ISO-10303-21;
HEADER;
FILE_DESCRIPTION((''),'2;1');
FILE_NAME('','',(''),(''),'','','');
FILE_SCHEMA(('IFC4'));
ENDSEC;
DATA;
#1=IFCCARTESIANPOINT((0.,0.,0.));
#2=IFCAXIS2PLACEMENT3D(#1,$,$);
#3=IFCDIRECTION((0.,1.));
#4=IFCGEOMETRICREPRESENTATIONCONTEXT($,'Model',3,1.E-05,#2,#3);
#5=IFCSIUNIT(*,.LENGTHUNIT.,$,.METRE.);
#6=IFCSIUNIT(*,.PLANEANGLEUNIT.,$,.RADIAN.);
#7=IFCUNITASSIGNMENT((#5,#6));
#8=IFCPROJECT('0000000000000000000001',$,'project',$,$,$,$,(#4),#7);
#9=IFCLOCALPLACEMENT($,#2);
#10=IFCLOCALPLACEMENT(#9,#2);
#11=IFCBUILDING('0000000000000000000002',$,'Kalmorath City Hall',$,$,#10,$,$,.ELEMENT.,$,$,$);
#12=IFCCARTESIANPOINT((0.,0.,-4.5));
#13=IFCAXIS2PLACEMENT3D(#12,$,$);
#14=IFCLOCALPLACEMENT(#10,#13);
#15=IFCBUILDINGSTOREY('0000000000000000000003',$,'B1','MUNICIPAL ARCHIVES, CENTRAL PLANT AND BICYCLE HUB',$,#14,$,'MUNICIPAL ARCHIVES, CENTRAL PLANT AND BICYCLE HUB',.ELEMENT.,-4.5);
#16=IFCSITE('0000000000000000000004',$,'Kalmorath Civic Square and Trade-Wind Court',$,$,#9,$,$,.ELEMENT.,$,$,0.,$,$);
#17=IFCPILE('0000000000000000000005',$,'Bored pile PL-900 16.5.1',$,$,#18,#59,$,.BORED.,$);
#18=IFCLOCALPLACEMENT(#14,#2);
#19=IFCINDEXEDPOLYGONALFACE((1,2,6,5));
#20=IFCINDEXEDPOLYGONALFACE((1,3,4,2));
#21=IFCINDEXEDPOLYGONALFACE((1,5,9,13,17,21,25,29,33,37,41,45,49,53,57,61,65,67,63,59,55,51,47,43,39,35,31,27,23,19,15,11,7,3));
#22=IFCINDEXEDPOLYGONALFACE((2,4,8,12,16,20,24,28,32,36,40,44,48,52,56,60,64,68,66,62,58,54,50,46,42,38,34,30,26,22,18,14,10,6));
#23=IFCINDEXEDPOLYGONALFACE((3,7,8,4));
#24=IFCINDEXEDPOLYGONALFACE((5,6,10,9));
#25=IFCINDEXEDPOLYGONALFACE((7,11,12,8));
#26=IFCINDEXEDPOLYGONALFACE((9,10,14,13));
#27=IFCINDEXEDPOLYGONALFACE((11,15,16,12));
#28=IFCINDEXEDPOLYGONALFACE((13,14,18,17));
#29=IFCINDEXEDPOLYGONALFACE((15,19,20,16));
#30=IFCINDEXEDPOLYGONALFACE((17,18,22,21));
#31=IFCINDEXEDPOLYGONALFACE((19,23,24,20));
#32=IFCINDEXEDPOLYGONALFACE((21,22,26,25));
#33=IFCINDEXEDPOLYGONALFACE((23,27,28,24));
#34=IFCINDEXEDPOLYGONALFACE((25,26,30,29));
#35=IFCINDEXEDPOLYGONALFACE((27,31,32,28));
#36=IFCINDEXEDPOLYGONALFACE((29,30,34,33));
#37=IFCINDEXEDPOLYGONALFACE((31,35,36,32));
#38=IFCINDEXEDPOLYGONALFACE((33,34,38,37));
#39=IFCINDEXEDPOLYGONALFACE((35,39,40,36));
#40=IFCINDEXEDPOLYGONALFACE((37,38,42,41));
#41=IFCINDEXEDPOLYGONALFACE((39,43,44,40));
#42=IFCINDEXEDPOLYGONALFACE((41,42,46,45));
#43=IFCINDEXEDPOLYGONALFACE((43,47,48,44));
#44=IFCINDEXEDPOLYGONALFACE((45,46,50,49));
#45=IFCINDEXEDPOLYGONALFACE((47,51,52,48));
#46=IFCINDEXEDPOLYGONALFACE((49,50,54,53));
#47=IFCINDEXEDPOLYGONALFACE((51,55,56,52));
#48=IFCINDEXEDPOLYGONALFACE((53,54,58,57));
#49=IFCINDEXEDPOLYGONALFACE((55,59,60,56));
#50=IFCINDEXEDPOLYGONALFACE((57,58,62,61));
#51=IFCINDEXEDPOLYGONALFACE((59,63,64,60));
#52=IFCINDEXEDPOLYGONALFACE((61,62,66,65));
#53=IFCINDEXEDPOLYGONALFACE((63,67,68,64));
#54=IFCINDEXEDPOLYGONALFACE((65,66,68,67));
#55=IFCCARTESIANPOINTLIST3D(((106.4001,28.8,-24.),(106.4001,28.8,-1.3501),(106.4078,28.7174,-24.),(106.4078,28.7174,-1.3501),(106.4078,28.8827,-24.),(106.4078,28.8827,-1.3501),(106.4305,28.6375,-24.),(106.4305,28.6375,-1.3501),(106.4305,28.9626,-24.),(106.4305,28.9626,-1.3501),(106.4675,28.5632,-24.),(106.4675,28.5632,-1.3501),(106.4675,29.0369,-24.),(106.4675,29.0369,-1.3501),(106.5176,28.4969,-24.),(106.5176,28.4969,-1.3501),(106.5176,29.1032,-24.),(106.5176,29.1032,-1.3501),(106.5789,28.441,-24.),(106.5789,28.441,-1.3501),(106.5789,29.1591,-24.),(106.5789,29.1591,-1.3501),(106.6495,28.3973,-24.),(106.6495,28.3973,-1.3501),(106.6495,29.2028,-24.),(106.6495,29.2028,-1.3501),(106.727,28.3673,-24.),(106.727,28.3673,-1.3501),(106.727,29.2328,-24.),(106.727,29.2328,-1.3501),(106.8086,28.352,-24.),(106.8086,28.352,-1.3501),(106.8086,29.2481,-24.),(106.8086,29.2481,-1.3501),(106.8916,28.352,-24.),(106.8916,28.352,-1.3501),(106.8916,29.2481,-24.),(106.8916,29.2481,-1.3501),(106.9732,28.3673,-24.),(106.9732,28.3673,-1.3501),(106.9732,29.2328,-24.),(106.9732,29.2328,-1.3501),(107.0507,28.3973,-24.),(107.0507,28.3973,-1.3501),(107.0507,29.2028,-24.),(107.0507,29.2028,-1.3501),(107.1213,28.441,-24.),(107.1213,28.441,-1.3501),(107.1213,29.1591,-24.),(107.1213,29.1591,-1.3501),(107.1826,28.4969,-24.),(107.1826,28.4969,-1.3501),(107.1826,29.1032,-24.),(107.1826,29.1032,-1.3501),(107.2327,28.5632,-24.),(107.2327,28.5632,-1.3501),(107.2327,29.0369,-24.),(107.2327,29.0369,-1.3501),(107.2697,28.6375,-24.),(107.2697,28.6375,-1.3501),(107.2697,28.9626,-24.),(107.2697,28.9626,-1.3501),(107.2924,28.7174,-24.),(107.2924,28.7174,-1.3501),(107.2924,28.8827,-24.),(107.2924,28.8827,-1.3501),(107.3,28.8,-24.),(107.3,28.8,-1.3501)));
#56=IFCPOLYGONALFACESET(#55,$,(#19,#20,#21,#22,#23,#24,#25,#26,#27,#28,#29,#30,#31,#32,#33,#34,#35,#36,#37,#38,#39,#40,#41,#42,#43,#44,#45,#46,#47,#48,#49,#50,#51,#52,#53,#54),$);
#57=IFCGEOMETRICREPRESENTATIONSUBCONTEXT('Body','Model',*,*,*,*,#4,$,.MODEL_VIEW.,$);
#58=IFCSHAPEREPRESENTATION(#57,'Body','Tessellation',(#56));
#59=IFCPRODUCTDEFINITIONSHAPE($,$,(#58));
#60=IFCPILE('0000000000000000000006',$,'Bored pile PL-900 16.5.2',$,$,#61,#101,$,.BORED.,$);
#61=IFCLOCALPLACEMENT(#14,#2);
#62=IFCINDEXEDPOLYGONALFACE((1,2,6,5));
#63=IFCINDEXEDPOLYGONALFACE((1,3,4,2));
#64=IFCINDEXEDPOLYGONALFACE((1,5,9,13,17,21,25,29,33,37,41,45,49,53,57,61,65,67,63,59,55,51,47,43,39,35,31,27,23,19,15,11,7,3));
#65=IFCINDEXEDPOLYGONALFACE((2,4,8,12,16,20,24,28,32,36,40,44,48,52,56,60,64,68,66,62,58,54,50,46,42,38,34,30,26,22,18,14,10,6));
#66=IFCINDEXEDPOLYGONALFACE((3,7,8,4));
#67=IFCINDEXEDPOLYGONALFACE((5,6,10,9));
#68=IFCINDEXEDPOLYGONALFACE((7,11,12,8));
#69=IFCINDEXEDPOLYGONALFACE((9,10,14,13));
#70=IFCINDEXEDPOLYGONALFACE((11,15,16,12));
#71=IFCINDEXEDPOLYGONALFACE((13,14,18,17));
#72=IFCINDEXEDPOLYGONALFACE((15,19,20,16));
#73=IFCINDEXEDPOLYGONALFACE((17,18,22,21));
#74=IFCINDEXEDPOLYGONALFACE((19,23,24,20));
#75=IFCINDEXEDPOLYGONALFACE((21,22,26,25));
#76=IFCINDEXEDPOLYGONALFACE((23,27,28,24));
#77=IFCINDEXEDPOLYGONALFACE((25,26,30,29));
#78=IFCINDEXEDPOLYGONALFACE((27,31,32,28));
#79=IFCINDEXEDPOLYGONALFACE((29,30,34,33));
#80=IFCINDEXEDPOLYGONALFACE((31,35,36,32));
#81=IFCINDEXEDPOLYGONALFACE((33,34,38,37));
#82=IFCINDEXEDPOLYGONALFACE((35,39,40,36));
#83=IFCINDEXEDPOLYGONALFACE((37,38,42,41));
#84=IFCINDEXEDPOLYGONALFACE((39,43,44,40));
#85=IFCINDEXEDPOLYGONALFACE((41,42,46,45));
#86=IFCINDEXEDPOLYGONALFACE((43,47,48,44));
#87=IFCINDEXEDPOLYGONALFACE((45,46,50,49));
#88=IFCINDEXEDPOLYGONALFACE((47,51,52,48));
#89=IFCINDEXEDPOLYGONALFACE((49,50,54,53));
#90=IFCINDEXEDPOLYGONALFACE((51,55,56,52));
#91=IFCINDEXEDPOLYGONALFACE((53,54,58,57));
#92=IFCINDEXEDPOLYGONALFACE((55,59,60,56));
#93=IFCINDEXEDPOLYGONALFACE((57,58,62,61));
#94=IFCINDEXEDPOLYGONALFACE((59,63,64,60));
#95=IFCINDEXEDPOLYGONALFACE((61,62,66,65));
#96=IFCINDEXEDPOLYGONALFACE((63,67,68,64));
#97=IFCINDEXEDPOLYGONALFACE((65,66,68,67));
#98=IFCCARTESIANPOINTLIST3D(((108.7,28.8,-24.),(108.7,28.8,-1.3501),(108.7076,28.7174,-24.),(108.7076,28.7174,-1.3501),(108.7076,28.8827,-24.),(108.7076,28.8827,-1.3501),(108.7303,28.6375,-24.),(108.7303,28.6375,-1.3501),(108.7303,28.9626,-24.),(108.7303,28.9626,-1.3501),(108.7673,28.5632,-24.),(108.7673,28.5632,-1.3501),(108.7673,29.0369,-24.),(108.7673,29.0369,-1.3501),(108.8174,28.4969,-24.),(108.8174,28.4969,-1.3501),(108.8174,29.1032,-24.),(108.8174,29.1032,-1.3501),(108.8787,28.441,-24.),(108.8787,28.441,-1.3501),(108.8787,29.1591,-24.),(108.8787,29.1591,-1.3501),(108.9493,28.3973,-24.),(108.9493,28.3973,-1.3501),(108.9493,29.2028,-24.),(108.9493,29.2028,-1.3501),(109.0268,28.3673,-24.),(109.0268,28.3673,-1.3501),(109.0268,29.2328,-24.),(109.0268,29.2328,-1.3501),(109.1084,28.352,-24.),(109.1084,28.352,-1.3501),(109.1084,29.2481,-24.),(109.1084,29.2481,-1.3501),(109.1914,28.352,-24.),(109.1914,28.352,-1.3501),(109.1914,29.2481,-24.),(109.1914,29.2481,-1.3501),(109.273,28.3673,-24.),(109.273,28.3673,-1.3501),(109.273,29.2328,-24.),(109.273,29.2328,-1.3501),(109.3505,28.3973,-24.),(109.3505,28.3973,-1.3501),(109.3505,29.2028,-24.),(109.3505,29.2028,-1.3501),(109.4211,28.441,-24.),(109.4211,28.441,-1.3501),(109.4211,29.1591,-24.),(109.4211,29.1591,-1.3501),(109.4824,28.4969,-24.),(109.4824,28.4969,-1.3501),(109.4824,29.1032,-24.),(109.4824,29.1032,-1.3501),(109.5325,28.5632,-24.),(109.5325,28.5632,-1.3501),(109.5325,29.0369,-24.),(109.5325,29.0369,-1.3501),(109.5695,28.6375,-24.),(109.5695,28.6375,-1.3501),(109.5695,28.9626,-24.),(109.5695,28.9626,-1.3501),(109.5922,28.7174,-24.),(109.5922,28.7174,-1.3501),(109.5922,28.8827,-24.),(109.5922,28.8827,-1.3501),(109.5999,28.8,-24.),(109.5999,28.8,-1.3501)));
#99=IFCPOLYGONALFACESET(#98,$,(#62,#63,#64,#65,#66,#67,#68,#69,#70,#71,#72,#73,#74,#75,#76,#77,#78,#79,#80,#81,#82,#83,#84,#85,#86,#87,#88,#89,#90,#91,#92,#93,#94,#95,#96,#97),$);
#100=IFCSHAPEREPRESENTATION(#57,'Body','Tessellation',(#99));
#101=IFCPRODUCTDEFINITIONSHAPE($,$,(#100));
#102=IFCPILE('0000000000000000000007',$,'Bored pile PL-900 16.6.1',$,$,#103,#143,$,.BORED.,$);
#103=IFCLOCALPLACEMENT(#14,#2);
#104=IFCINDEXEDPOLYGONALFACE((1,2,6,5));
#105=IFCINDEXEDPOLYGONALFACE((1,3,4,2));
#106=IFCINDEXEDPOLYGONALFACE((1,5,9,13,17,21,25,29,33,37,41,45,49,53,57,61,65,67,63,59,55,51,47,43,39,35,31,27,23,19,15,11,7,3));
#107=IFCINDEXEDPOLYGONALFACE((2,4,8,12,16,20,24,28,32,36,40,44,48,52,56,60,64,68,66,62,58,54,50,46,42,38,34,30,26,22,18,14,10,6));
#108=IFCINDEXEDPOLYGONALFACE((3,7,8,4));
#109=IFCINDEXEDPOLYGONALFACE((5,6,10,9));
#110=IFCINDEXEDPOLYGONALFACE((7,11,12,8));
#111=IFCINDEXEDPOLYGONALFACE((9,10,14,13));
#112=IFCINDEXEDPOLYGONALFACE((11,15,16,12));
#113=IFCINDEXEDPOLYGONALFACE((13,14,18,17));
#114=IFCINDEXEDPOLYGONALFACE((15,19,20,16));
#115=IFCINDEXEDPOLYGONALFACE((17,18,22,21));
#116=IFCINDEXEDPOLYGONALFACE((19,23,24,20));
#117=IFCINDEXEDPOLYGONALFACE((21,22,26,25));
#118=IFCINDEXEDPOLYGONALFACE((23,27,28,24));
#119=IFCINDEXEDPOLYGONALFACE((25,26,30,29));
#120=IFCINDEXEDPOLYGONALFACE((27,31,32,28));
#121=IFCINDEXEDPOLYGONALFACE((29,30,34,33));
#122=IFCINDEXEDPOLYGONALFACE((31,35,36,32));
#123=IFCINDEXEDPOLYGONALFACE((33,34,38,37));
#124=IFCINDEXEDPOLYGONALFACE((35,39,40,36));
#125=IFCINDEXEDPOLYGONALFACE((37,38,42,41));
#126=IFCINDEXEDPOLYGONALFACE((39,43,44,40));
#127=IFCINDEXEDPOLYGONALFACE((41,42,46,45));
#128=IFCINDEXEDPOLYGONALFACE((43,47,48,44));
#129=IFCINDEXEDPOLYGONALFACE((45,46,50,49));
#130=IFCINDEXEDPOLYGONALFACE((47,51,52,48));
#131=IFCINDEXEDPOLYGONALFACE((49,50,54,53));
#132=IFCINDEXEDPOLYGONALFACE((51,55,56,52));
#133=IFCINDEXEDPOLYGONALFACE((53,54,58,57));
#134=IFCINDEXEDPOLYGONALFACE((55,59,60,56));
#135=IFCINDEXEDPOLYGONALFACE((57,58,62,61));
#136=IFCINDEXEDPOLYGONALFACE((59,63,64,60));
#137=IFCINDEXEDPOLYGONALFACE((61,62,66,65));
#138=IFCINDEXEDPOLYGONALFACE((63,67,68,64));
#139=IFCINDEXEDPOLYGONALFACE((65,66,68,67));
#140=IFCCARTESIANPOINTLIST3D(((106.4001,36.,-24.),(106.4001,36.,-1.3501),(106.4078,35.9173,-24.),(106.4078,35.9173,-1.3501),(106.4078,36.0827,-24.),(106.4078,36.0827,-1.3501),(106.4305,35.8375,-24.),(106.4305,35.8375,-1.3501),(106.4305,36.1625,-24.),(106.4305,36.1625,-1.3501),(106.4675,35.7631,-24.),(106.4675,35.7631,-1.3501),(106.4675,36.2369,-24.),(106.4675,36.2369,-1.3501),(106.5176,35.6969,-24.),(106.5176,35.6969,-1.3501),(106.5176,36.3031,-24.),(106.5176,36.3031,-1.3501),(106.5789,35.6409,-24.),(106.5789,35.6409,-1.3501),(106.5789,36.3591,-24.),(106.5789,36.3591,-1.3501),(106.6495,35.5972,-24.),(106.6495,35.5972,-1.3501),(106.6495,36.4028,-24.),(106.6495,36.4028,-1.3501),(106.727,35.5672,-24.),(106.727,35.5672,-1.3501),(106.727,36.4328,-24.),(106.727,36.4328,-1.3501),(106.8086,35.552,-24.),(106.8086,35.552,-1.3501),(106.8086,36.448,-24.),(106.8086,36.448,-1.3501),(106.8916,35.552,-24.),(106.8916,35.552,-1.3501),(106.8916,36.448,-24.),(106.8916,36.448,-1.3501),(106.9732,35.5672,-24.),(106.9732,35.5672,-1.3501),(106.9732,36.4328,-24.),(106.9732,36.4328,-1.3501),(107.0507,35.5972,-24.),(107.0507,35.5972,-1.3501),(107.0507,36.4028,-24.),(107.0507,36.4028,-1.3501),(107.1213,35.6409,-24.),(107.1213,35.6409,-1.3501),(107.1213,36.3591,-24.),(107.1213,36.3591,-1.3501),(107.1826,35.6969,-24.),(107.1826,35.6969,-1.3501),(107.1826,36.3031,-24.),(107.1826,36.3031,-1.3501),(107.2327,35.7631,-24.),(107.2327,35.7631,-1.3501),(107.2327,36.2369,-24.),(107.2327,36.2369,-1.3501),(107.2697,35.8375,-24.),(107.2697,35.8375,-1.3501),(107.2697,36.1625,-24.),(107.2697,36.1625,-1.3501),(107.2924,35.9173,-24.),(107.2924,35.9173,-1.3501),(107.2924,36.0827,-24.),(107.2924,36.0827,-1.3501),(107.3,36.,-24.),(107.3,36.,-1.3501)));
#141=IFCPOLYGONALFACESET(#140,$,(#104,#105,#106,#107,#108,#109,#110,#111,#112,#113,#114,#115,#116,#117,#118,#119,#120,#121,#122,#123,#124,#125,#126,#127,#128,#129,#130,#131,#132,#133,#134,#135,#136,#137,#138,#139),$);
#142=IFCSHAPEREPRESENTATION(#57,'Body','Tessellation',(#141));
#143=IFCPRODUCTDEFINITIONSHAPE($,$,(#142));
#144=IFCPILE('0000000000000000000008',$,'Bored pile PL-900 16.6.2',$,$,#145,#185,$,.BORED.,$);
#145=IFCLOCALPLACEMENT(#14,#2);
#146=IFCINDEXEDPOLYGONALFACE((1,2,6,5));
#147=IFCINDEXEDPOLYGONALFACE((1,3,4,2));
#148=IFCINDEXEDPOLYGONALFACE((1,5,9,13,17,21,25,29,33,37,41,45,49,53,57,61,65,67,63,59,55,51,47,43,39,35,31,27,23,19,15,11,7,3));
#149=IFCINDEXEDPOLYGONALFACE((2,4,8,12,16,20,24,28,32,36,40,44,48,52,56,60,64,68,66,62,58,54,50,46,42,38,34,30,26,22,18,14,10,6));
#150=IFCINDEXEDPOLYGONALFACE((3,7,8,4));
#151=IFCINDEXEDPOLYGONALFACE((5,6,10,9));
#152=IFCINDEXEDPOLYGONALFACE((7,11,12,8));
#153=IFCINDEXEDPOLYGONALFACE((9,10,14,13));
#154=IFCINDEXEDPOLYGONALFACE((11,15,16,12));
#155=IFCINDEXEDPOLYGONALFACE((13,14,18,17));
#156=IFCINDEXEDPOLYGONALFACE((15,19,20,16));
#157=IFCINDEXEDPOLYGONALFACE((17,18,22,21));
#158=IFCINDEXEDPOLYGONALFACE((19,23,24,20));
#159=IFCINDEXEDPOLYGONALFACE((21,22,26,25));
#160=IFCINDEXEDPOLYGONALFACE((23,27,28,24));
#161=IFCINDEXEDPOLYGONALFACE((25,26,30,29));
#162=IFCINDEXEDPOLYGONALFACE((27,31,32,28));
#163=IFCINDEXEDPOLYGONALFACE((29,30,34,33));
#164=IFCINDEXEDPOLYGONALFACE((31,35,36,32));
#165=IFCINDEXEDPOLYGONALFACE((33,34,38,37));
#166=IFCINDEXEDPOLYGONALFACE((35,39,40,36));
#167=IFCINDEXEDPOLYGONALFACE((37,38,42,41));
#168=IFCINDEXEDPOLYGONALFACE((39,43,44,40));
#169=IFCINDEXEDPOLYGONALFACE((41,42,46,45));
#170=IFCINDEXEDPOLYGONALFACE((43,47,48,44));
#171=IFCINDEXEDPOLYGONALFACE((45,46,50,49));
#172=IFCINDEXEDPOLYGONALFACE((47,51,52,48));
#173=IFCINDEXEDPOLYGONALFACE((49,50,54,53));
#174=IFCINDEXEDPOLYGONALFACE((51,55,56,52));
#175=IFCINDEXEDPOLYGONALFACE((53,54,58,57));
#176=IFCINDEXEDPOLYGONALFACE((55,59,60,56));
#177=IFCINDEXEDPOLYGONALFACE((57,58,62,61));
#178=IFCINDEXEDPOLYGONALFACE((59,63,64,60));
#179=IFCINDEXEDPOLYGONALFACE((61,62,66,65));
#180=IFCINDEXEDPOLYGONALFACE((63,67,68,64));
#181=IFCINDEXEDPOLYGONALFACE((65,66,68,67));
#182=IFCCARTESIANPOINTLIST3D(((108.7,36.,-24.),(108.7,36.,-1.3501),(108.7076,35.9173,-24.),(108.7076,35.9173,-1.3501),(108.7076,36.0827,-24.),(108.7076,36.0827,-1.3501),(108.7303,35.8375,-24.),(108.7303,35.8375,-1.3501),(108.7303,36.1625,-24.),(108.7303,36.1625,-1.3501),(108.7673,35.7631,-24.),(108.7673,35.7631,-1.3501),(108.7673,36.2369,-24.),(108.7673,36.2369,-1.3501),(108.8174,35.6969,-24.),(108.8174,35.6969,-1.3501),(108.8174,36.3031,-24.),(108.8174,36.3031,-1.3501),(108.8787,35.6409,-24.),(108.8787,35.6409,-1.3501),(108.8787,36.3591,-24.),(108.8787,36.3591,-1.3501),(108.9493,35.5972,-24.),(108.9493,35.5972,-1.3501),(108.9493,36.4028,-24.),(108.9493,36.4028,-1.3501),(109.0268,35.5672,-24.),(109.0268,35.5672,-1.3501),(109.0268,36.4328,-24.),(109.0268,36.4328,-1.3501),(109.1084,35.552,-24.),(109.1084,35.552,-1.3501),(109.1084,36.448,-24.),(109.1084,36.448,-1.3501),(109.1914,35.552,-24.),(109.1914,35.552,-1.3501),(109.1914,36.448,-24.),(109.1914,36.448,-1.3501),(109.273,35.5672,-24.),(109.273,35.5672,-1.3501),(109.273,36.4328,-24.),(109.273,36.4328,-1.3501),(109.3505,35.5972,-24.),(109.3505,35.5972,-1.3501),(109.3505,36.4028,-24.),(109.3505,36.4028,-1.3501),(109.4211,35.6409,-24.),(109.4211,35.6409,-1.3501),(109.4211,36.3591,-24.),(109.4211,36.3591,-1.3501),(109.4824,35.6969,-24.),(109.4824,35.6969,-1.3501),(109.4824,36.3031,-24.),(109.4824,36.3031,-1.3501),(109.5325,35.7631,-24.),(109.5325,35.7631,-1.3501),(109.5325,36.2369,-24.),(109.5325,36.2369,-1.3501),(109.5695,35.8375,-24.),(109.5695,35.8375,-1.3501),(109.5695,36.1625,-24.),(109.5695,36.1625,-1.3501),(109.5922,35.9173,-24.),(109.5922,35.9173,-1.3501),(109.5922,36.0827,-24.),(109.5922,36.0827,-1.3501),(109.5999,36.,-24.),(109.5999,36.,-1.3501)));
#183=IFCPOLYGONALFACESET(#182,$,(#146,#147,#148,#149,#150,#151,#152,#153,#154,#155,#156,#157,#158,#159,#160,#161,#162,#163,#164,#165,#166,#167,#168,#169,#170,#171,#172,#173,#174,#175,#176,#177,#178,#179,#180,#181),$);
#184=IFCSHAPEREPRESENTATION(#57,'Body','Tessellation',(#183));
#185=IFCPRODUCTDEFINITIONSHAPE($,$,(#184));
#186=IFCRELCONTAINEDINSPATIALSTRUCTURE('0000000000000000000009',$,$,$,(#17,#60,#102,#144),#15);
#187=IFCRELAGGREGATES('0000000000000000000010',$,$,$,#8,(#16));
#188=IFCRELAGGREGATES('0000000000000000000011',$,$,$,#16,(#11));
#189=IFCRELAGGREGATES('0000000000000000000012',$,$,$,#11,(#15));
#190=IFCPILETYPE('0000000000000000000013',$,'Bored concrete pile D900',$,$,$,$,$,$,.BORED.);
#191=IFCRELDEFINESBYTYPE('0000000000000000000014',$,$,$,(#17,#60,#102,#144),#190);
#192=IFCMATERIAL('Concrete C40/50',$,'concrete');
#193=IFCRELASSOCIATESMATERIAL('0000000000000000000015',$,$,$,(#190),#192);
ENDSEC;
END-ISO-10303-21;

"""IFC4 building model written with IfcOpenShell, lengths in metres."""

from ifc_helpers import new_model, si_unit, direction, frame, origin, origin_2d, place, context, subcontext, project, spatial, circle, extrude, material, material_profile, profile_set, type_object, element, save


model = new_model("IFC4")

# Units and contexts
model_context = context("Model", 3, precision=1e-05, world=origin(), true_north=direction((0.0, 1.0)))
body_context = subcontext(model_context, "Body", "Model", "MODEL_VIEW")
ifc_project = project(units=[si_unit("LENGTHUNIT", "METRE"), si_unit("PLANEANGLEUNIT", "RADIAN")], contexts=[model_context])

# Site, building, storey
site_placement = place(None, origin())
site = spatial("IfcSite", under=ifc_project, at=site_placement, Name="Kalmorath Civic Square and Trade-Wind Court", CompositionType="ELEMENT", RefElevation=0.0)
building_placement = place(site_placement, origin())
building = spatial("IfcBuilding", under=site, at=building_placement, Name="Kalmorath City Hall", CompositionType="ELEMENT")
storey_placement = place(building_placement, frame((0.0, 0.0, -4.5)))
storey = spatial("IfcBuildingStorey", under=building, at=storey_placement, Name="B1", Description="MUNICIPAL ARCHIVES, CENTRAL PLANT AND BICYCLE HUB", LongName="MUNICIPAL ARCHIVES, CENTRAL PLANT AND BICYCLE HUB", CompositionType="ELEMENT", Elevation=-4.5)

# Piles
ifc_material_1 = material(Name="Concrete C40/50", Category="concrete")
ifc_material_profile_1 = material_profile(ifc_material_1, circle(Radius=0.45, at=origin_2d()), Name="PILE-D900")
ifc_profile_set_1 = profile_set([ifc_material_profile_1], Name="Concrete C40/50")
pile_type = type_object("IfcPileType", Name="Bored concrete pile D900", PredefinedType="BORED", material=ifc_profile_set_1)
for number, where, z_axis, x_axis, name in (
    (1, (106.8501, 28.8, -1.3501), (0.0, 0.0, -1.0), (1.0, 0.0, 0.0), "Bored pile PL-900 16.5.1"),
    (2, (109.1499, 28.8, -1.3501), (0.0, 0.0, -1.0), (1.0, 0.0, 0.0), "Bored pile PL-900 16.5.2"),
    (3, (106.8501, 36.0, -1.3501), (0.0, 0.0, -1.0), (1.0, 0.0, 0.0), "Bored pile PL-900 16.6.1"),
    (4, (109.1499, 36.0, -1.3501), (0.0, 0.0, -1.0), (1.0, 0.0, 0.0), "Bored pile PL-900 16.6.2"),
):
    element("IfcPile", number, at=place(storey_placement, frame(where, z_axis=z_axis, x_axis=x_axis)), inside=storey, type_object=pile_type, Name=name, PredefinedType="BORED", context=body_context, shape_type="SweptSolid", body=[
        extrude(circle(Radius=0.45, at=origin_2d()), origin(), (0.0, 0.0, 1.0), 22.6499),
    ])

save(model, "model.ifc")
